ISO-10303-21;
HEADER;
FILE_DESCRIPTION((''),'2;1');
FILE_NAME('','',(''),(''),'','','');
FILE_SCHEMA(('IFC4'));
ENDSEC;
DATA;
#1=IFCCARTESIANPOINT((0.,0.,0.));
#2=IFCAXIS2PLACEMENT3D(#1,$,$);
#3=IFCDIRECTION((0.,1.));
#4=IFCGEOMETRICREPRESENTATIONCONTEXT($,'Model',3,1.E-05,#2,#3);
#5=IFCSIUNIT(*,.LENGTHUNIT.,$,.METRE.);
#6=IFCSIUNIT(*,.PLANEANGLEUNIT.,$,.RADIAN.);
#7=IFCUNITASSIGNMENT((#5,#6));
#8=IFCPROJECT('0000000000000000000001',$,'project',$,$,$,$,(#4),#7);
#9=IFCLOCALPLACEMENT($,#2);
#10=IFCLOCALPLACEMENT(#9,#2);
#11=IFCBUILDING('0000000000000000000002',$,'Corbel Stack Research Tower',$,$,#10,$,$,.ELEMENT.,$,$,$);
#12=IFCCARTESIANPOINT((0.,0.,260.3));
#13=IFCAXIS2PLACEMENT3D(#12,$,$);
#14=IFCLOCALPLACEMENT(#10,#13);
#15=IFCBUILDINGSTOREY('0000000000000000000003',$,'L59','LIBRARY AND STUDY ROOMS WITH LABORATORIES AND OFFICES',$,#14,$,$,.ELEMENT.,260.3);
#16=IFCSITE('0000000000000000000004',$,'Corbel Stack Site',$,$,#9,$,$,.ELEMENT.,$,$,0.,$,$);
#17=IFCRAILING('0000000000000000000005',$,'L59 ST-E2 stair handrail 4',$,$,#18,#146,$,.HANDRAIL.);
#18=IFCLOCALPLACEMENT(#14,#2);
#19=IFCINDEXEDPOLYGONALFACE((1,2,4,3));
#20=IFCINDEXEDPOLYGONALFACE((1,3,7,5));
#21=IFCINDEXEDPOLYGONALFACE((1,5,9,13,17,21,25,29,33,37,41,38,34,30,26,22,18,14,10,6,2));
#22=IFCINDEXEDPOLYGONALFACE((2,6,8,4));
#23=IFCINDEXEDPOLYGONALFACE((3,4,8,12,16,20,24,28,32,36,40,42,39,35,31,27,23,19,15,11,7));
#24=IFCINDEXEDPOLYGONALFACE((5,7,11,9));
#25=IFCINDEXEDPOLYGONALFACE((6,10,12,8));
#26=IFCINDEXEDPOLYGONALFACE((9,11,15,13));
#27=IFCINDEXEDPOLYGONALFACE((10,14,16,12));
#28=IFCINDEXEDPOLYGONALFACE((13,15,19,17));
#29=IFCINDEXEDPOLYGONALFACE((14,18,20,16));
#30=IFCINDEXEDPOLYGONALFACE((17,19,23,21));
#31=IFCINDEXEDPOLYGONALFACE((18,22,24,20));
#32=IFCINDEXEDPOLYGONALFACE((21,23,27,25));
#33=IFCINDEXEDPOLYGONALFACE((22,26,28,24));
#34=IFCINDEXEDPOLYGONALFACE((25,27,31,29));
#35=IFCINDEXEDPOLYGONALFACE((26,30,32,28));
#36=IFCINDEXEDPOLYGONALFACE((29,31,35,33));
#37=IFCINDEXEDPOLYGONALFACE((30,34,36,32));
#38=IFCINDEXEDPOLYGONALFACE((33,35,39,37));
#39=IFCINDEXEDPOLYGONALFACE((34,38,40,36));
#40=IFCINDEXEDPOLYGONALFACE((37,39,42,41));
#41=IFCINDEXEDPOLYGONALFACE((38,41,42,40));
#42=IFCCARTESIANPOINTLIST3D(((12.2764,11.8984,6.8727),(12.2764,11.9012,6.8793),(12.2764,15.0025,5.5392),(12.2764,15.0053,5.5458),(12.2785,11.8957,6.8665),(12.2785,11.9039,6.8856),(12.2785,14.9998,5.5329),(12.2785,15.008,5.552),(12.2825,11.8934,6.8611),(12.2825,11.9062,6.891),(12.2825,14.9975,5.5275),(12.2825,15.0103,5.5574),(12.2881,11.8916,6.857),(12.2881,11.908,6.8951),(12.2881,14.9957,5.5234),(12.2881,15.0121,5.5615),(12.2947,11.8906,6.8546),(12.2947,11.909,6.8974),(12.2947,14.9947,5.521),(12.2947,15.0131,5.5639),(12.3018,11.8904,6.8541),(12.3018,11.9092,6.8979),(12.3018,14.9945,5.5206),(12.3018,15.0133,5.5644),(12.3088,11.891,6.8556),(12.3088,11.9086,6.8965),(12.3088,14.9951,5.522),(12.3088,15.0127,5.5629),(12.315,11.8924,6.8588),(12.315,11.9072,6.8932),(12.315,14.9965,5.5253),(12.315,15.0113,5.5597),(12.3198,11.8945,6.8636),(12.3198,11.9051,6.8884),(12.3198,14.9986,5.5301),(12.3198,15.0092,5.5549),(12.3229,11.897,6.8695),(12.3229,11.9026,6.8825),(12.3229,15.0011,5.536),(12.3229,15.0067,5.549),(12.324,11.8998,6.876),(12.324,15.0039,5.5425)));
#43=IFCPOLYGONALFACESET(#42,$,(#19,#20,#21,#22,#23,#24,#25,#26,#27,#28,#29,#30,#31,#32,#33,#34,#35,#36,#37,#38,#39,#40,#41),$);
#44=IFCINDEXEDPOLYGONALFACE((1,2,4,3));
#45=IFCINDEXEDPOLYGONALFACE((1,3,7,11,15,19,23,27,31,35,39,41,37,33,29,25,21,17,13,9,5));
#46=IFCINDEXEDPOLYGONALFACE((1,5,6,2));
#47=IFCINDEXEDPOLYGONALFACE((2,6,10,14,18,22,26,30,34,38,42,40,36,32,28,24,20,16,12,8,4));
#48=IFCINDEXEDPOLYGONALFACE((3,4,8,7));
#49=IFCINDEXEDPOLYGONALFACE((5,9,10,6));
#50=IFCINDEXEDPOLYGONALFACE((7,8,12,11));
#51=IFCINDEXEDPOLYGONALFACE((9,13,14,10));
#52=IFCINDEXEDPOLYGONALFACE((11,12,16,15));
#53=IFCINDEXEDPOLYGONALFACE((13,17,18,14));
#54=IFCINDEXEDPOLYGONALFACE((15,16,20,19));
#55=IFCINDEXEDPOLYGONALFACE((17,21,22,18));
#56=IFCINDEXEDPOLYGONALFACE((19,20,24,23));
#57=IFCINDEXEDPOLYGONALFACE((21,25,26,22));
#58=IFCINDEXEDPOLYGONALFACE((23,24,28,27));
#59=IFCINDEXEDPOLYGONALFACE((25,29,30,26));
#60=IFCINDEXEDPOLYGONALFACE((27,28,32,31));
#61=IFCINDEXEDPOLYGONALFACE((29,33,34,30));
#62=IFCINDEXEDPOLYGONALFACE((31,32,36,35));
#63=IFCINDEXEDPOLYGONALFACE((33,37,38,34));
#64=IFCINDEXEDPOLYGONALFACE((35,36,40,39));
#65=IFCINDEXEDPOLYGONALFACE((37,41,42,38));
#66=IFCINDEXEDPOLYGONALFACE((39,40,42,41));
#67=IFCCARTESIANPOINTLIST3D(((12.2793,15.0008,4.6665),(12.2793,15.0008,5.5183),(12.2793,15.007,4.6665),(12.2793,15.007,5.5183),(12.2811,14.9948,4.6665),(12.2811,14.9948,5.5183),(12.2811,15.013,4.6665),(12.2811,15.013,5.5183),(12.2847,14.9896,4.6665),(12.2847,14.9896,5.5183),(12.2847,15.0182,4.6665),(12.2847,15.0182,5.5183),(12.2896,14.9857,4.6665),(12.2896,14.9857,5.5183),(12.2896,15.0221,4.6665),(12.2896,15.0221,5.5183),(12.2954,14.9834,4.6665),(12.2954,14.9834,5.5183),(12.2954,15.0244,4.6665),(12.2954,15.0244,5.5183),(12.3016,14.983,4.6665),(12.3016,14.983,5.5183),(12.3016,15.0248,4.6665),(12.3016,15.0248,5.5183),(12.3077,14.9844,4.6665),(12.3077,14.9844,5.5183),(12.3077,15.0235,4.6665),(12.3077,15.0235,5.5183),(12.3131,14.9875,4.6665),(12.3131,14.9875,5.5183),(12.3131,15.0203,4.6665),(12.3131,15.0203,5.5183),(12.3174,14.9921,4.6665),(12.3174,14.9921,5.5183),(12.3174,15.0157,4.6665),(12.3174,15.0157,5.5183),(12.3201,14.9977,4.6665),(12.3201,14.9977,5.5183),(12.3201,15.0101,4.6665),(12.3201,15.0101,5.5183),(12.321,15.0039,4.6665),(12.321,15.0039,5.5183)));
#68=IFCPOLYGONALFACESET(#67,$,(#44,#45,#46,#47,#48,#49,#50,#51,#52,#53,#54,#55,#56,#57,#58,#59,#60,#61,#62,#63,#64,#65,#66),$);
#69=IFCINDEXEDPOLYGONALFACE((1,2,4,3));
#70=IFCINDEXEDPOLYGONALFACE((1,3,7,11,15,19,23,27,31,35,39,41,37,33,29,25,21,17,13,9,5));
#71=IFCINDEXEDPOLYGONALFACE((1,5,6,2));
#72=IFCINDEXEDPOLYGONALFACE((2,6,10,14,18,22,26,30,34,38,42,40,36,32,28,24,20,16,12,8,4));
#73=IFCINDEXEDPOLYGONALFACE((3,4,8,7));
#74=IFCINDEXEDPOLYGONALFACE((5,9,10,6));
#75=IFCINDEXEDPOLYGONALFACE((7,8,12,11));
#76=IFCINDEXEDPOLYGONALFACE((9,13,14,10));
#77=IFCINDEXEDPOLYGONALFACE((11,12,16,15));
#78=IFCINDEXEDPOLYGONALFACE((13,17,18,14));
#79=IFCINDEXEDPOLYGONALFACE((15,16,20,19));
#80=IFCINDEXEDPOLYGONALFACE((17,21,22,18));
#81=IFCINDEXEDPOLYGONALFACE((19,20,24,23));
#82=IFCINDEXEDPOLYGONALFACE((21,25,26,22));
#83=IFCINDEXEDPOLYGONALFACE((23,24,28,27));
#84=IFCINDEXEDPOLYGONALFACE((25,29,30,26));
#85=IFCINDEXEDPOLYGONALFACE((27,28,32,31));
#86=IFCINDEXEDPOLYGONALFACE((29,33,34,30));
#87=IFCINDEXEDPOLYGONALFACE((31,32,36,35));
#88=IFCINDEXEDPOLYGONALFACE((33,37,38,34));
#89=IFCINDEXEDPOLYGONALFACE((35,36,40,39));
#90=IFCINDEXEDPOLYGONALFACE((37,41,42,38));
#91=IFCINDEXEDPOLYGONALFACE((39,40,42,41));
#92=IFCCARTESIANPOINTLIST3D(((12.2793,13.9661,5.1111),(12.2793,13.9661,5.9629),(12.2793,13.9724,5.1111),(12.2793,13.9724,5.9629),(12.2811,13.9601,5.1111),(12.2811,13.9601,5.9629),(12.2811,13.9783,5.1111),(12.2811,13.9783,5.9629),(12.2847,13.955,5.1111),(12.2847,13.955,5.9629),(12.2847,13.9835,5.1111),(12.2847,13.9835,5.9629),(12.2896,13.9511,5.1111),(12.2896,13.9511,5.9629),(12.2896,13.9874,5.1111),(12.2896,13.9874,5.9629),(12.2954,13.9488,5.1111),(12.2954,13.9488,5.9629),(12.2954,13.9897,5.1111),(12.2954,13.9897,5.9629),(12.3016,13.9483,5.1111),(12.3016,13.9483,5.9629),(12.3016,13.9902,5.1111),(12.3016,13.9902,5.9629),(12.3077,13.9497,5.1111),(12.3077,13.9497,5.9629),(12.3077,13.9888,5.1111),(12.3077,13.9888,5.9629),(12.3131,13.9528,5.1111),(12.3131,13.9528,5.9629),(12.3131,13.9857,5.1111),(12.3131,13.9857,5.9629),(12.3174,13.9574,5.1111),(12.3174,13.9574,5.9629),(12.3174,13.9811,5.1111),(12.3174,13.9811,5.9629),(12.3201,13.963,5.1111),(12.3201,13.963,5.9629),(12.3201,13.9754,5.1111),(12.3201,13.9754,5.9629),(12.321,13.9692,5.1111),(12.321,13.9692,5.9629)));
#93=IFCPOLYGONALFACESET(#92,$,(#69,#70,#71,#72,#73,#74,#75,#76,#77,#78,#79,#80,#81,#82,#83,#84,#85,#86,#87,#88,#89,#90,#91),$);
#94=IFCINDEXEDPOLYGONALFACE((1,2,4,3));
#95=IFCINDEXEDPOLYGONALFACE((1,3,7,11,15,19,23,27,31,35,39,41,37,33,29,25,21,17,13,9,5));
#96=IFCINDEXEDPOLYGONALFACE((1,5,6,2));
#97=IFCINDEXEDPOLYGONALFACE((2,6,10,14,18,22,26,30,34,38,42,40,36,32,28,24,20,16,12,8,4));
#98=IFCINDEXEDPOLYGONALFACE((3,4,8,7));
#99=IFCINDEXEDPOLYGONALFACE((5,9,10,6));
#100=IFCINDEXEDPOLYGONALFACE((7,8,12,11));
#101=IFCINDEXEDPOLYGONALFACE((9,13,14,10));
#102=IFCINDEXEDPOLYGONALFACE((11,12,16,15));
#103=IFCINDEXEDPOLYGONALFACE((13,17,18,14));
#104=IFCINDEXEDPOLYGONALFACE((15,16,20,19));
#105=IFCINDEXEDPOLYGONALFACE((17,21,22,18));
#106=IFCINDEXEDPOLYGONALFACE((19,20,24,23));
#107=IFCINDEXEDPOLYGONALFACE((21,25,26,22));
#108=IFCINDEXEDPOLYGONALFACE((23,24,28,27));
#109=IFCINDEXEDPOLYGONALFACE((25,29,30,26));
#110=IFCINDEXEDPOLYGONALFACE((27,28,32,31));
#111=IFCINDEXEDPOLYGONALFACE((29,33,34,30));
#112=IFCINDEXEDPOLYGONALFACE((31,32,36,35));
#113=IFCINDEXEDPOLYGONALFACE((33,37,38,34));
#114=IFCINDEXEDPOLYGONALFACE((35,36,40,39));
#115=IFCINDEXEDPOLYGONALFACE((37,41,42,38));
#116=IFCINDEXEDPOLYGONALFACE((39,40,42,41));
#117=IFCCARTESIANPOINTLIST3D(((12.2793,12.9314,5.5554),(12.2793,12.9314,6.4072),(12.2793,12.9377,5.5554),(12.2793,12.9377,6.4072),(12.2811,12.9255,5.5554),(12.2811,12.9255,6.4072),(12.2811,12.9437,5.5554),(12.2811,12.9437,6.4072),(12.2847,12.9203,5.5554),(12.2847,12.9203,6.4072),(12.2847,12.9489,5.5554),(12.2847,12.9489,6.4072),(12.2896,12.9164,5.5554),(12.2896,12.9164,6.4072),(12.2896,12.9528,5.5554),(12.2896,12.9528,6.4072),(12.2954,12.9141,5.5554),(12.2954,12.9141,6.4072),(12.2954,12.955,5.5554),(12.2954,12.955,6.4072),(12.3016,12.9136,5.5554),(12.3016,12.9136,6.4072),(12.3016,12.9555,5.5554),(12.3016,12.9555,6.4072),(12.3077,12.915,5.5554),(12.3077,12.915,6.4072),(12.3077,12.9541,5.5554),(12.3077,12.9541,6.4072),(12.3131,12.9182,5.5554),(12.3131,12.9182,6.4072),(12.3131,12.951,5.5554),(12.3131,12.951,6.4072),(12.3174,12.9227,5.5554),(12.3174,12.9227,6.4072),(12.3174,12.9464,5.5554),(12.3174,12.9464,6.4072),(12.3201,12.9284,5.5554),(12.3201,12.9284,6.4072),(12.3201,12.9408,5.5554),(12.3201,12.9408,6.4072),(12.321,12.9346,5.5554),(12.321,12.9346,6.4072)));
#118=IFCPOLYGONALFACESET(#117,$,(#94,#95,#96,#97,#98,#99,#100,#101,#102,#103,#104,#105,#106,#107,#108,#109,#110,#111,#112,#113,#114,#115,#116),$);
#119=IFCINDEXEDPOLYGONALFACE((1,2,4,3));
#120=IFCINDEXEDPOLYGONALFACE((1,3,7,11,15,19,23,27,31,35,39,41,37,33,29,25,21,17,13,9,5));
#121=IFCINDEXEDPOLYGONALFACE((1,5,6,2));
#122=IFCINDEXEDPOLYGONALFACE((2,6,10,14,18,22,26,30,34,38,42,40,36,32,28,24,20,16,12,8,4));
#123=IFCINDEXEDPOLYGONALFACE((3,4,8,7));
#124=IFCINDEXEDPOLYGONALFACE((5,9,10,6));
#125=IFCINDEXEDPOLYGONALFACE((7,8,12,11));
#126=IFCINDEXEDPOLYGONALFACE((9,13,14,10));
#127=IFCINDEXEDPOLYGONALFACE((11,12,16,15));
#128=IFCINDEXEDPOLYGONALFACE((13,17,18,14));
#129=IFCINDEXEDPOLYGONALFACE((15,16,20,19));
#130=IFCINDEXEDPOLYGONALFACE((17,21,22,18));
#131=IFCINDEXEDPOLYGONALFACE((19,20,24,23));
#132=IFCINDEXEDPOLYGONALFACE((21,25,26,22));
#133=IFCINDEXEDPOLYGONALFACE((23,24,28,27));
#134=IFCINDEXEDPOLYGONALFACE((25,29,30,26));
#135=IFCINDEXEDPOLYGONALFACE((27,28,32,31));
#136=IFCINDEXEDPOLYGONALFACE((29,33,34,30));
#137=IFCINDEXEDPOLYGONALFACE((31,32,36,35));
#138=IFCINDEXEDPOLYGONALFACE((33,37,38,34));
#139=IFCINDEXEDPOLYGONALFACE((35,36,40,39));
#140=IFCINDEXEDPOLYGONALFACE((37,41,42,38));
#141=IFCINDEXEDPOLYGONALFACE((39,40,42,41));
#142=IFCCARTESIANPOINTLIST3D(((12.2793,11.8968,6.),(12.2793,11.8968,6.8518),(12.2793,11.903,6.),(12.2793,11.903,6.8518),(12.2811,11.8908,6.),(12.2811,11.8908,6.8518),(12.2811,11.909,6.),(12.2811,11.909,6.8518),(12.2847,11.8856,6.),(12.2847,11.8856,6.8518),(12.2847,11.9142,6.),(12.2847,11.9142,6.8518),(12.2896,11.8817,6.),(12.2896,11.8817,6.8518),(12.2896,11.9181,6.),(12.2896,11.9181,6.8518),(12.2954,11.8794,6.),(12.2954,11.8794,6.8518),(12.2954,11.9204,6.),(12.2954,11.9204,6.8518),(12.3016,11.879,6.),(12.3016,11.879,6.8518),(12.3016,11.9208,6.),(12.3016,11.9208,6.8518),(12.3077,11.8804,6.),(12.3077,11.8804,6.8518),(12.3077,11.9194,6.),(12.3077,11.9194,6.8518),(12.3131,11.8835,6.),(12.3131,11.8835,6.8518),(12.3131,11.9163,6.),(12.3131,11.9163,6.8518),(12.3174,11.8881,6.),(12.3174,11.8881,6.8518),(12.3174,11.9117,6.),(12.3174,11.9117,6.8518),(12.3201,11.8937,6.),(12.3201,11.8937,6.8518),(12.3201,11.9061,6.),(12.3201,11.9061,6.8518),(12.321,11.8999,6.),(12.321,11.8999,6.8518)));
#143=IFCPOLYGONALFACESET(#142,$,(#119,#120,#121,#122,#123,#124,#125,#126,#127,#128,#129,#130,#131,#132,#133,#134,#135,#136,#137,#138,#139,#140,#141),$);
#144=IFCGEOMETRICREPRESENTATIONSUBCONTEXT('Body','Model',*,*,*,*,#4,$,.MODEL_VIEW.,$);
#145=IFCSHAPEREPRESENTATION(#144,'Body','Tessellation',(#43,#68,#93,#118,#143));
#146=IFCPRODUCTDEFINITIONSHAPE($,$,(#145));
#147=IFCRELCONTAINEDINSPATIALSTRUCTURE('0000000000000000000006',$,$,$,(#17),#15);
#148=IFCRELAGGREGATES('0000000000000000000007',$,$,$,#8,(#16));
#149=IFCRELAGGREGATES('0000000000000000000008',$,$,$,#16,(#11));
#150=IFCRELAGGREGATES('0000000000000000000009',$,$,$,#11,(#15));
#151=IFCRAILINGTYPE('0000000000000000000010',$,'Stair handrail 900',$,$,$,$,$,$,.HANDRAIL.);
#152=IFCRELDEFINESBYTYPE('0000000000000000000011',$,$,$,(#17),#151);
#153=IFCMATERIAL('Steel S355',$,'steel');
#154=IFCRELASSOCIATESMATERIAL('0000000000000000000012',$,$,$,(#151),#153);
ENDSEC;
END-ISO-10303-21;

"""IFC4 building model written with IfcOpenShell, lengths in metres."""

from ifc_helpers import new_model, si_unit, direction, frame, origin, origin_2d, place, context, subcontext, project, spatial, circle, extrude, material, type_object, element, save


model = new_model("IFC4")

# Units and contexts
model_context = context("Model", 3, precision=1e-05, world=origin(), true_north=direction((0.0, 1.0)))
body_context = subcontext(model_context, "Body", "Model", "MODEL_VIEW")
ifc_project = project(units=[si_unit("LENGTHUNIT", "METRE"), si_unit("PLANEANGLEUNIT", "RADIAN")], contexts=[model_context])

# Site, building, storey
site_placement = place(None, origin())
site = spatial("IfcSite", under=ifc_project, at=site_placement, Name="Corbel Stack Site", CompositionType="ELEMENT", RefElevation=0.0)
building_placement = place(site_placement, origin())
building = spatial("IfcBuilding", under=site, at=building_placement, Name="Corbel Stack Research Tower", CompositionType="ELEMENT")
storey_placement = place(building_placement, frame((0.0, 0.0, 260.3)))
storey = spatial("IfcBuildingStorey", under=building, at=storey_placement, Name="L59", Description="LIBRARY AND STUDY ROOMS WITH LABORATORIES AND OFFICES", CompositionType="ELEMENT", Elevation=260.3)

# Railing
ifc_material_1 = material(Name="Steel S355", Category="steel")
railing_type_1 = type_object("IfcRailingType", Name="Stair handrail 900", PredefinedType="HANDRAIL", material=ifc_material_1)
for number, where, name in (
    (1, (12.3, 15.0039, 4.6665), "L59 ST-E2 stair handrail 4"),
):
    element("IfcRailing", number, at=place(storey_placement, frame(where)), inside=storey, type_object=railing_type_1, Name=name, PredefinedType="HANDRAIL", context=body_context, shape_type="SweptSolid", body=[
        extrude(circle(Radius=0.0239, at=origin_2d()), frame((0.0, 0.0, 0.876), z_axis=(0.0, -0.918801, 0.394722), x_axis=(1.0, 0.0, 0.0)), (0.0, 0.0, 1.0), 3.3784),
        extrude(circle(Radius=0.021, at=origin_2d()), origin(), (0.0, 0.0, 1.0), 0.8518),
        extrude(circle(Radius=0.021, at=origin_2d()), frame((0.0, -1.0347, 0.4446)), (0.0, 0.0, 1.0), 0.8518),
        extrude(circle(Radius=0.021, at=origin_2d()), frame((0.0, -2.0693, 0.8889)), (0.0, 0.0, 1.0), 0.8518),
        extrude(circle(Radius=0.021, at=origin_2d()), frame((0.0, -3.104, 1.3335)), (0.0, 0.0, 1.0), 0.8518),
    ])

save(model, "model.ifc")
